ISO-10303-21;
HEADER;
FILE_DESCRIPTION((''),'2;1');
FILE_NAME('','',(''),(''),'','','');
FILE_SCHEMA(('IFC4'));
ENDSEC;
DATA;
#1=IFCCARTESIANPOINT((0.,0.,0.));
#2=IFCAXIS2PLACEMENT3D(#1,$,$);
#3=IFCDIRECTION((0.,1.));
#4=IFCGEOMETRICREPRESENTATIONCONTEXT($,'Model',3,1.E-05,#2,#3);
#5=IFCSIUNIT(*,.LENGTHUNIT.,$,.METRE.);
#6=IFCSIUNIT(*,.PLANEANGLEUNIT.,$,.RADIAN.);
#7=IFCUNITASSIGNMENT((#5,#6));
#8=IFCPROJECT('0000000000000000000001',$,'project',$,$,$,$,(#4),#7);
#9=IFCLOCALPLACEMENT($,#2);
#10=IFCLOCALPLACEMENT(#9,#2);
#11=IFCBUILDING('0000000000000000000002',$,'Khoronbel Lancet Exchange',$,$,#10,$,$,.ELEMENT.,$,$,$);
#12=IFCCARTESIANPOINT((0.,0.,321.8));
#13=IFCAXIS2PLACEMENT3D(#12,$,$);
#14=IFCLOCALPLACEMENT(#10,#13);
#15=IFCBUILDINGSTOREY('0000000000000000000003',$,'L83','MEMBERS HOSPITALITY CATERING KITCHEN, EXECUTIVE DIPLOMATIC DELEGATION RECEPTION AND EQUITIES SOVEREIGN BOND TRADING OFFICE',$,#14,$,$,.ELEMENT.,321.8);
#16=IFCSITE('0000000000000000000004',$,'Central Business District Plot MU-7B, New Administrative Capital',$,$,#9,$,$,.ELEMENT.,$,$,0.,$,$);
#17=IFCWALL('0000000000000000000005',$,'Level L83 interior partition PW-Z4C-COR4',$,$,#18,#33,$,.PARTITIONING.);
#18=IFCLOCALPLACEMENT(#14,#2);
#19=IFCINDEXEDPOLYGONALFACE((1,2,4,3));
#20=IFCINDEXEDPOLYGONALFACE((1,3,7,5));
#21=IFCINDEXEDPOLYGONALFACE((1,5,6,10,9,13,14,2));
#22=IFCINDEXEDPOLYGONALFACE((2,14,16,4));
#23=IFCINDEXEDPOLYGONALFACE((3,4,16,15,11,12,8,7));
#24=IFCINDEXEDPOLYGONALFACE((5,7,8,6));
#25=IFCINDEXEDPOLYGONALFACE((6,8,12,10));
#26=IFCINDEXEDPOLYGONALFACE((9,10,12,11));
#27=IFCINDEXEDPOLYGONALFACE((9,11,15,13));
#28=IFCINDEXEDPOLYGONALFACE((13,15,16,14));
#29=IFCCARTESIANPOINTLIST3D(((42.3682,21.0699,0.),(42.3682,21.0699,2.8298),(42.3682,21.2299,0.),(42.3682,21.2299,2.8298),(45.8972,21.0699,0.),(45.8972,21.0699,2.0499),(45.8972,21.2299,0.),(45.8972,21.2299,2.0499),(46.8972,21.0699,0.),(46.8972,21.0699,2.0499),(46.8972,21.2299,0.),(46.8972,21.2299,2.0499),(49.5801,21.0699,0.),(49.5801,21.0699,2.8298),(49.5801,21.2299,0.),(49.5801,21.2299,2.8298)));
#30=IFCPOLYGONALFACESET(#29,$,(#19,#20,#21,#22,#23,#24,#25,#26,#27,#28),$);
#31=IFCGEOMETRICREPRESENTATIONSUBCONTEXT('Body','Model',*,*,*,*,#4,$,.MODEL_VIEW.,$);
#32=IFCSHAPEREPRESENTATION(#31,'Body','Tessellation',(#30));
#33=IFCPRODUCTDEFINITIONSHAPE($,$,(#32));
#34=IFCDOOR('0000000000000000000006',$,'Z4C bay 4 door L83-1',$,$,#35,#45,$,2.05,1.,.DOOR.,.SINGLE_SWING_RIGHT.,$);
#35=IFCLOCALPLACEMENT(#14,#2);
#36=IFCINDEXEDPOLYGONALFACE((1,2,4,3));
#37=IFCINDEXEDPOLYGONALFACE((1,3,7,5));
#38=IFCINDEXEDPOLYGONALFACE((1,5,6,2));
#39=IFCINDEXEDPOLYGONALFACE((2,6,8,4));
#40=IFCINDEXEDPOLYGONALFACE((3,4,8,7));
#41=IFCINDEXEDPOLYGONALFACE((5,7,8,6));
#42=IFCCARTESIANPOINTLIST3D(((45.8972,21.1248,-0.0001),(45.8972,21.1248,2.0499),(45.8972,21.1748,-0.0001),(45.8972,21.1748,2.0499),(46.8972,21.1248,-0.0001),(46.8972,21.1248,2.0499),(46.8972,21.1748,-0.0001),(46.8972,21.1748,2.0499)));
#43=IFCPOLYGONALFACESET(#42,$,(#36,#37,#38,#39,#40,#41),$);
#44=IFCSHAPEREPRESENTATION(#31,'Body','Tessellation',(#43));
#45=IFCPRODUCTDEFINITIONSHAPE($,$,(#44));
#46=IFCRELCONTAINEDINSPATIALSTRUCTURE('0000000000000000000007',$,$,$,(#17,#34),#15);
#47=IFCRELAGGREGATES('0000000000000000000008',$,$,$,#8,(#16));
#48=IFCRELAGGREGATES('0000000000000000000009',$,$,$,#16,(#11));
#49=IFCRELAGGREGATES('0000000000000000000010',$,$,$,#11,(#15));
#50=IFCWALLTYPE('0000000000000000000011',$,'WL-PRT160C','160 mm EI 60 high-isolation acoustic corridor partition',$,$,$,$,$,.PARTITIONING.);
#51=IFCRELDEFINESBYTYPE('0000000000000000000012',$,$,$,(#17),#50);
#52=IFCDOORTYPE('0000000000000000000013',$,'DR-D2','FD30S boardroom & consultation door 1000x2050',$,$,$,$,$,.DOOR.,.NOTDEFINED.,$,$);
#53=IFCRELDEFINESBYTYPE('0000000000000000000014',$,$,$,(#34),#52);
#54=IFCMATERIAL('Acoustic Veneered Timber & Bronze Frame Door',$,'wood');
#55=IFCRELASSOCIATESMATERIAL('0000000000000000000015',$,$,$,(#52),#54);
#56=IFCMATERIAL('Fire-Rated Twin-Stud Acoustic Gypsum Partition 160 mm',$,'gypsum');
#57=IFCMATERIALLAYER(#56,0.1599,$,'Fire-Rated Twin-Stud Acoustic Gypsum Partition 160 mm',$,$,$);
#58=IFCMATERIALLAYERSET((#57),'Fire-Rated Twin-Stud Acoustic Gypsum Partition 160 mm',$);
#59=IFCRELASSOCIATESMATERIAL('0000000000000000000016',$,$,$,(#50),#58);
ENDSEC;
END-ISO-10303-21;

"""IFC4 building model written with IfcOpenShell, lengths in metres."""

from ifc_helpers import new_model, si_unit, direction, frame, frame_2d, origin, place, context, subcontext, project, spatial, rectangle, extrude, material, layer, layer_set, type_object, element, fill, save


model = new_model("IFC4")

# Units and contexts
model_context = context("Model", 3, precision=1e-05, world=origin(), true_north=direction((0.0, 1.0)))
body_context = subcontext(model_context, "Body", "Model", "MODEL_VIEW")
ifc_project = project(units=[si_unit("LENGTHUNIT", "METRE"), si_unit("PLANEANGLEUNIT", "RADIAN")], contexts=[model_context])

# Site, building, storey
site_placement = place(None, origin())
site = spatial("IfcSite", under=ifc_project, at=site_placement, Name="Central Business District Plot MU-7B, New Administrative Capital", CompositionType="ELEMENT", RefElevation=0.0)
building_placement = place(site_placement, origin())
building = spatial("IfcBuilding", under=site, at=building_placement, Name="Khoronbel Lancet Exchange", CompositionType="ELEMENT")
storey_placement = place(building_placement, frame((0.0, 0.0, 321.8)))
storey = spatial("IfcBuildingStorey", under=building, at=storey_placement, Name="L83", Description="MEMBERS HOSPITALITY CATERING KITCHEN, EXECUTIVE DIPLOMATIC DELEGATION RECEPTION AND EQUITIES SOVEREIGN BOND TRADING OFFICE", CompositionType="ELEMENT", Elevation=321.8)

# Shared definitions
ifc_material_1 = material(Name="Acoustic Veneered Timber & Bronze Frame Door", Category="wood")
door_type_1 = type_object("IfcDoorType", Name="DR-D2", Description="FD30S boardroom & consultation door 1000x2050", OperationType="NOTDEFINED", PredefinedType="DOOR", material=ifc_material_1)

# Wall, opening, door
ifc_material_2 = material(Name="Fire-Rated Twin-Stud Acoustic Gypsum Partition 160 mm", Category="gypsum")
ifc_layer_1 = layer(ifc_material_2, 0.1599, Name="Fire-Rated Twin-Stud Acoustic Gypsum Partition 160 mm")
ifc_layer_set_1 = layer_set([ifc_layer_1], Name="Fire-Rated Twin-Stud Acoustic Gypsum Partition 160 mm")
wall_type_1 = type_object("IfcWallType", Name="WL-PRT160C", Description="160 mm EI 60 high-isolation acoustic corridor partition", PredefinedType="PARTITIONING", material=ifc_layer_set_1)
wall_1_placement = place(storey_placement, frame((42.3682, 21.1499, 0.0), z_axis=(0.0, 0.0, 1.0), x_axis=(1.0, 0.0, 0.0)))
wall_1 = element("IfcWall", 1, at=wall_1_placement, inside=storey, type_object=wall_type_1, Name="Level L83 interior partition PW-Z4C-COR4", PredefinedType="PARTITIONING", context=body_context, shape_type="SweptSolid", body=[
    extrude(rectangle(XDim=7.2119, YDim=0.1599, at=frame_2d((3.606, 0.0))), origin(), (0.0, 0.0, 1.0), 2.8298),
])
opening_1_placement = place(wall_1_placement, frame((3.5291, 0.0, 0.0)))
opening_1 = element("IfcOpeningElement", 2, at=opening_1_placement, cuts=wall_1, PredefinedType="OPENING", context=body_context, shape_type="SweptSolid", body=[
    extrude(rectangle(XDim=1.0, YDim=2.05, at=frame_2d((0.5, 1.0249))), frame((0.0, 0.0898, 0.0), z_axis=(0.0, -1.0, 0.0), x_axis=(1.0, 0.0, 0.0)), (0.0, 0.0, 1.0), 0.1799),
])
door_1_placement = place(opening_1_placement, origin())
door_1 = element("IfcDoor", 3, at=door_1_placement, inside=storey, type_object=door_type_1, Name="Z4C bay 4 door L83-1", OperationType="SINGLE_SWING_RIGHT", OverallHeight=2.05, OverallWidth=1.0, PredefinedType="DOOR", context=body_context, shape_type="SweptSolid", body=[
    extrude(rectangle(XDim=1.0, YDim=2.05, at=frame_2d((0.5, 1.0249))), frame((0.0, 0.0249, 0.0), z_axis=(0.0, -1.0, 0.0), x_axis=(1.0, 0.0, 0.0)), (0.0, 0.0, 1.0), 0.05),
])
fill(opening_1, door_1)

save(model, "model.ifc")
